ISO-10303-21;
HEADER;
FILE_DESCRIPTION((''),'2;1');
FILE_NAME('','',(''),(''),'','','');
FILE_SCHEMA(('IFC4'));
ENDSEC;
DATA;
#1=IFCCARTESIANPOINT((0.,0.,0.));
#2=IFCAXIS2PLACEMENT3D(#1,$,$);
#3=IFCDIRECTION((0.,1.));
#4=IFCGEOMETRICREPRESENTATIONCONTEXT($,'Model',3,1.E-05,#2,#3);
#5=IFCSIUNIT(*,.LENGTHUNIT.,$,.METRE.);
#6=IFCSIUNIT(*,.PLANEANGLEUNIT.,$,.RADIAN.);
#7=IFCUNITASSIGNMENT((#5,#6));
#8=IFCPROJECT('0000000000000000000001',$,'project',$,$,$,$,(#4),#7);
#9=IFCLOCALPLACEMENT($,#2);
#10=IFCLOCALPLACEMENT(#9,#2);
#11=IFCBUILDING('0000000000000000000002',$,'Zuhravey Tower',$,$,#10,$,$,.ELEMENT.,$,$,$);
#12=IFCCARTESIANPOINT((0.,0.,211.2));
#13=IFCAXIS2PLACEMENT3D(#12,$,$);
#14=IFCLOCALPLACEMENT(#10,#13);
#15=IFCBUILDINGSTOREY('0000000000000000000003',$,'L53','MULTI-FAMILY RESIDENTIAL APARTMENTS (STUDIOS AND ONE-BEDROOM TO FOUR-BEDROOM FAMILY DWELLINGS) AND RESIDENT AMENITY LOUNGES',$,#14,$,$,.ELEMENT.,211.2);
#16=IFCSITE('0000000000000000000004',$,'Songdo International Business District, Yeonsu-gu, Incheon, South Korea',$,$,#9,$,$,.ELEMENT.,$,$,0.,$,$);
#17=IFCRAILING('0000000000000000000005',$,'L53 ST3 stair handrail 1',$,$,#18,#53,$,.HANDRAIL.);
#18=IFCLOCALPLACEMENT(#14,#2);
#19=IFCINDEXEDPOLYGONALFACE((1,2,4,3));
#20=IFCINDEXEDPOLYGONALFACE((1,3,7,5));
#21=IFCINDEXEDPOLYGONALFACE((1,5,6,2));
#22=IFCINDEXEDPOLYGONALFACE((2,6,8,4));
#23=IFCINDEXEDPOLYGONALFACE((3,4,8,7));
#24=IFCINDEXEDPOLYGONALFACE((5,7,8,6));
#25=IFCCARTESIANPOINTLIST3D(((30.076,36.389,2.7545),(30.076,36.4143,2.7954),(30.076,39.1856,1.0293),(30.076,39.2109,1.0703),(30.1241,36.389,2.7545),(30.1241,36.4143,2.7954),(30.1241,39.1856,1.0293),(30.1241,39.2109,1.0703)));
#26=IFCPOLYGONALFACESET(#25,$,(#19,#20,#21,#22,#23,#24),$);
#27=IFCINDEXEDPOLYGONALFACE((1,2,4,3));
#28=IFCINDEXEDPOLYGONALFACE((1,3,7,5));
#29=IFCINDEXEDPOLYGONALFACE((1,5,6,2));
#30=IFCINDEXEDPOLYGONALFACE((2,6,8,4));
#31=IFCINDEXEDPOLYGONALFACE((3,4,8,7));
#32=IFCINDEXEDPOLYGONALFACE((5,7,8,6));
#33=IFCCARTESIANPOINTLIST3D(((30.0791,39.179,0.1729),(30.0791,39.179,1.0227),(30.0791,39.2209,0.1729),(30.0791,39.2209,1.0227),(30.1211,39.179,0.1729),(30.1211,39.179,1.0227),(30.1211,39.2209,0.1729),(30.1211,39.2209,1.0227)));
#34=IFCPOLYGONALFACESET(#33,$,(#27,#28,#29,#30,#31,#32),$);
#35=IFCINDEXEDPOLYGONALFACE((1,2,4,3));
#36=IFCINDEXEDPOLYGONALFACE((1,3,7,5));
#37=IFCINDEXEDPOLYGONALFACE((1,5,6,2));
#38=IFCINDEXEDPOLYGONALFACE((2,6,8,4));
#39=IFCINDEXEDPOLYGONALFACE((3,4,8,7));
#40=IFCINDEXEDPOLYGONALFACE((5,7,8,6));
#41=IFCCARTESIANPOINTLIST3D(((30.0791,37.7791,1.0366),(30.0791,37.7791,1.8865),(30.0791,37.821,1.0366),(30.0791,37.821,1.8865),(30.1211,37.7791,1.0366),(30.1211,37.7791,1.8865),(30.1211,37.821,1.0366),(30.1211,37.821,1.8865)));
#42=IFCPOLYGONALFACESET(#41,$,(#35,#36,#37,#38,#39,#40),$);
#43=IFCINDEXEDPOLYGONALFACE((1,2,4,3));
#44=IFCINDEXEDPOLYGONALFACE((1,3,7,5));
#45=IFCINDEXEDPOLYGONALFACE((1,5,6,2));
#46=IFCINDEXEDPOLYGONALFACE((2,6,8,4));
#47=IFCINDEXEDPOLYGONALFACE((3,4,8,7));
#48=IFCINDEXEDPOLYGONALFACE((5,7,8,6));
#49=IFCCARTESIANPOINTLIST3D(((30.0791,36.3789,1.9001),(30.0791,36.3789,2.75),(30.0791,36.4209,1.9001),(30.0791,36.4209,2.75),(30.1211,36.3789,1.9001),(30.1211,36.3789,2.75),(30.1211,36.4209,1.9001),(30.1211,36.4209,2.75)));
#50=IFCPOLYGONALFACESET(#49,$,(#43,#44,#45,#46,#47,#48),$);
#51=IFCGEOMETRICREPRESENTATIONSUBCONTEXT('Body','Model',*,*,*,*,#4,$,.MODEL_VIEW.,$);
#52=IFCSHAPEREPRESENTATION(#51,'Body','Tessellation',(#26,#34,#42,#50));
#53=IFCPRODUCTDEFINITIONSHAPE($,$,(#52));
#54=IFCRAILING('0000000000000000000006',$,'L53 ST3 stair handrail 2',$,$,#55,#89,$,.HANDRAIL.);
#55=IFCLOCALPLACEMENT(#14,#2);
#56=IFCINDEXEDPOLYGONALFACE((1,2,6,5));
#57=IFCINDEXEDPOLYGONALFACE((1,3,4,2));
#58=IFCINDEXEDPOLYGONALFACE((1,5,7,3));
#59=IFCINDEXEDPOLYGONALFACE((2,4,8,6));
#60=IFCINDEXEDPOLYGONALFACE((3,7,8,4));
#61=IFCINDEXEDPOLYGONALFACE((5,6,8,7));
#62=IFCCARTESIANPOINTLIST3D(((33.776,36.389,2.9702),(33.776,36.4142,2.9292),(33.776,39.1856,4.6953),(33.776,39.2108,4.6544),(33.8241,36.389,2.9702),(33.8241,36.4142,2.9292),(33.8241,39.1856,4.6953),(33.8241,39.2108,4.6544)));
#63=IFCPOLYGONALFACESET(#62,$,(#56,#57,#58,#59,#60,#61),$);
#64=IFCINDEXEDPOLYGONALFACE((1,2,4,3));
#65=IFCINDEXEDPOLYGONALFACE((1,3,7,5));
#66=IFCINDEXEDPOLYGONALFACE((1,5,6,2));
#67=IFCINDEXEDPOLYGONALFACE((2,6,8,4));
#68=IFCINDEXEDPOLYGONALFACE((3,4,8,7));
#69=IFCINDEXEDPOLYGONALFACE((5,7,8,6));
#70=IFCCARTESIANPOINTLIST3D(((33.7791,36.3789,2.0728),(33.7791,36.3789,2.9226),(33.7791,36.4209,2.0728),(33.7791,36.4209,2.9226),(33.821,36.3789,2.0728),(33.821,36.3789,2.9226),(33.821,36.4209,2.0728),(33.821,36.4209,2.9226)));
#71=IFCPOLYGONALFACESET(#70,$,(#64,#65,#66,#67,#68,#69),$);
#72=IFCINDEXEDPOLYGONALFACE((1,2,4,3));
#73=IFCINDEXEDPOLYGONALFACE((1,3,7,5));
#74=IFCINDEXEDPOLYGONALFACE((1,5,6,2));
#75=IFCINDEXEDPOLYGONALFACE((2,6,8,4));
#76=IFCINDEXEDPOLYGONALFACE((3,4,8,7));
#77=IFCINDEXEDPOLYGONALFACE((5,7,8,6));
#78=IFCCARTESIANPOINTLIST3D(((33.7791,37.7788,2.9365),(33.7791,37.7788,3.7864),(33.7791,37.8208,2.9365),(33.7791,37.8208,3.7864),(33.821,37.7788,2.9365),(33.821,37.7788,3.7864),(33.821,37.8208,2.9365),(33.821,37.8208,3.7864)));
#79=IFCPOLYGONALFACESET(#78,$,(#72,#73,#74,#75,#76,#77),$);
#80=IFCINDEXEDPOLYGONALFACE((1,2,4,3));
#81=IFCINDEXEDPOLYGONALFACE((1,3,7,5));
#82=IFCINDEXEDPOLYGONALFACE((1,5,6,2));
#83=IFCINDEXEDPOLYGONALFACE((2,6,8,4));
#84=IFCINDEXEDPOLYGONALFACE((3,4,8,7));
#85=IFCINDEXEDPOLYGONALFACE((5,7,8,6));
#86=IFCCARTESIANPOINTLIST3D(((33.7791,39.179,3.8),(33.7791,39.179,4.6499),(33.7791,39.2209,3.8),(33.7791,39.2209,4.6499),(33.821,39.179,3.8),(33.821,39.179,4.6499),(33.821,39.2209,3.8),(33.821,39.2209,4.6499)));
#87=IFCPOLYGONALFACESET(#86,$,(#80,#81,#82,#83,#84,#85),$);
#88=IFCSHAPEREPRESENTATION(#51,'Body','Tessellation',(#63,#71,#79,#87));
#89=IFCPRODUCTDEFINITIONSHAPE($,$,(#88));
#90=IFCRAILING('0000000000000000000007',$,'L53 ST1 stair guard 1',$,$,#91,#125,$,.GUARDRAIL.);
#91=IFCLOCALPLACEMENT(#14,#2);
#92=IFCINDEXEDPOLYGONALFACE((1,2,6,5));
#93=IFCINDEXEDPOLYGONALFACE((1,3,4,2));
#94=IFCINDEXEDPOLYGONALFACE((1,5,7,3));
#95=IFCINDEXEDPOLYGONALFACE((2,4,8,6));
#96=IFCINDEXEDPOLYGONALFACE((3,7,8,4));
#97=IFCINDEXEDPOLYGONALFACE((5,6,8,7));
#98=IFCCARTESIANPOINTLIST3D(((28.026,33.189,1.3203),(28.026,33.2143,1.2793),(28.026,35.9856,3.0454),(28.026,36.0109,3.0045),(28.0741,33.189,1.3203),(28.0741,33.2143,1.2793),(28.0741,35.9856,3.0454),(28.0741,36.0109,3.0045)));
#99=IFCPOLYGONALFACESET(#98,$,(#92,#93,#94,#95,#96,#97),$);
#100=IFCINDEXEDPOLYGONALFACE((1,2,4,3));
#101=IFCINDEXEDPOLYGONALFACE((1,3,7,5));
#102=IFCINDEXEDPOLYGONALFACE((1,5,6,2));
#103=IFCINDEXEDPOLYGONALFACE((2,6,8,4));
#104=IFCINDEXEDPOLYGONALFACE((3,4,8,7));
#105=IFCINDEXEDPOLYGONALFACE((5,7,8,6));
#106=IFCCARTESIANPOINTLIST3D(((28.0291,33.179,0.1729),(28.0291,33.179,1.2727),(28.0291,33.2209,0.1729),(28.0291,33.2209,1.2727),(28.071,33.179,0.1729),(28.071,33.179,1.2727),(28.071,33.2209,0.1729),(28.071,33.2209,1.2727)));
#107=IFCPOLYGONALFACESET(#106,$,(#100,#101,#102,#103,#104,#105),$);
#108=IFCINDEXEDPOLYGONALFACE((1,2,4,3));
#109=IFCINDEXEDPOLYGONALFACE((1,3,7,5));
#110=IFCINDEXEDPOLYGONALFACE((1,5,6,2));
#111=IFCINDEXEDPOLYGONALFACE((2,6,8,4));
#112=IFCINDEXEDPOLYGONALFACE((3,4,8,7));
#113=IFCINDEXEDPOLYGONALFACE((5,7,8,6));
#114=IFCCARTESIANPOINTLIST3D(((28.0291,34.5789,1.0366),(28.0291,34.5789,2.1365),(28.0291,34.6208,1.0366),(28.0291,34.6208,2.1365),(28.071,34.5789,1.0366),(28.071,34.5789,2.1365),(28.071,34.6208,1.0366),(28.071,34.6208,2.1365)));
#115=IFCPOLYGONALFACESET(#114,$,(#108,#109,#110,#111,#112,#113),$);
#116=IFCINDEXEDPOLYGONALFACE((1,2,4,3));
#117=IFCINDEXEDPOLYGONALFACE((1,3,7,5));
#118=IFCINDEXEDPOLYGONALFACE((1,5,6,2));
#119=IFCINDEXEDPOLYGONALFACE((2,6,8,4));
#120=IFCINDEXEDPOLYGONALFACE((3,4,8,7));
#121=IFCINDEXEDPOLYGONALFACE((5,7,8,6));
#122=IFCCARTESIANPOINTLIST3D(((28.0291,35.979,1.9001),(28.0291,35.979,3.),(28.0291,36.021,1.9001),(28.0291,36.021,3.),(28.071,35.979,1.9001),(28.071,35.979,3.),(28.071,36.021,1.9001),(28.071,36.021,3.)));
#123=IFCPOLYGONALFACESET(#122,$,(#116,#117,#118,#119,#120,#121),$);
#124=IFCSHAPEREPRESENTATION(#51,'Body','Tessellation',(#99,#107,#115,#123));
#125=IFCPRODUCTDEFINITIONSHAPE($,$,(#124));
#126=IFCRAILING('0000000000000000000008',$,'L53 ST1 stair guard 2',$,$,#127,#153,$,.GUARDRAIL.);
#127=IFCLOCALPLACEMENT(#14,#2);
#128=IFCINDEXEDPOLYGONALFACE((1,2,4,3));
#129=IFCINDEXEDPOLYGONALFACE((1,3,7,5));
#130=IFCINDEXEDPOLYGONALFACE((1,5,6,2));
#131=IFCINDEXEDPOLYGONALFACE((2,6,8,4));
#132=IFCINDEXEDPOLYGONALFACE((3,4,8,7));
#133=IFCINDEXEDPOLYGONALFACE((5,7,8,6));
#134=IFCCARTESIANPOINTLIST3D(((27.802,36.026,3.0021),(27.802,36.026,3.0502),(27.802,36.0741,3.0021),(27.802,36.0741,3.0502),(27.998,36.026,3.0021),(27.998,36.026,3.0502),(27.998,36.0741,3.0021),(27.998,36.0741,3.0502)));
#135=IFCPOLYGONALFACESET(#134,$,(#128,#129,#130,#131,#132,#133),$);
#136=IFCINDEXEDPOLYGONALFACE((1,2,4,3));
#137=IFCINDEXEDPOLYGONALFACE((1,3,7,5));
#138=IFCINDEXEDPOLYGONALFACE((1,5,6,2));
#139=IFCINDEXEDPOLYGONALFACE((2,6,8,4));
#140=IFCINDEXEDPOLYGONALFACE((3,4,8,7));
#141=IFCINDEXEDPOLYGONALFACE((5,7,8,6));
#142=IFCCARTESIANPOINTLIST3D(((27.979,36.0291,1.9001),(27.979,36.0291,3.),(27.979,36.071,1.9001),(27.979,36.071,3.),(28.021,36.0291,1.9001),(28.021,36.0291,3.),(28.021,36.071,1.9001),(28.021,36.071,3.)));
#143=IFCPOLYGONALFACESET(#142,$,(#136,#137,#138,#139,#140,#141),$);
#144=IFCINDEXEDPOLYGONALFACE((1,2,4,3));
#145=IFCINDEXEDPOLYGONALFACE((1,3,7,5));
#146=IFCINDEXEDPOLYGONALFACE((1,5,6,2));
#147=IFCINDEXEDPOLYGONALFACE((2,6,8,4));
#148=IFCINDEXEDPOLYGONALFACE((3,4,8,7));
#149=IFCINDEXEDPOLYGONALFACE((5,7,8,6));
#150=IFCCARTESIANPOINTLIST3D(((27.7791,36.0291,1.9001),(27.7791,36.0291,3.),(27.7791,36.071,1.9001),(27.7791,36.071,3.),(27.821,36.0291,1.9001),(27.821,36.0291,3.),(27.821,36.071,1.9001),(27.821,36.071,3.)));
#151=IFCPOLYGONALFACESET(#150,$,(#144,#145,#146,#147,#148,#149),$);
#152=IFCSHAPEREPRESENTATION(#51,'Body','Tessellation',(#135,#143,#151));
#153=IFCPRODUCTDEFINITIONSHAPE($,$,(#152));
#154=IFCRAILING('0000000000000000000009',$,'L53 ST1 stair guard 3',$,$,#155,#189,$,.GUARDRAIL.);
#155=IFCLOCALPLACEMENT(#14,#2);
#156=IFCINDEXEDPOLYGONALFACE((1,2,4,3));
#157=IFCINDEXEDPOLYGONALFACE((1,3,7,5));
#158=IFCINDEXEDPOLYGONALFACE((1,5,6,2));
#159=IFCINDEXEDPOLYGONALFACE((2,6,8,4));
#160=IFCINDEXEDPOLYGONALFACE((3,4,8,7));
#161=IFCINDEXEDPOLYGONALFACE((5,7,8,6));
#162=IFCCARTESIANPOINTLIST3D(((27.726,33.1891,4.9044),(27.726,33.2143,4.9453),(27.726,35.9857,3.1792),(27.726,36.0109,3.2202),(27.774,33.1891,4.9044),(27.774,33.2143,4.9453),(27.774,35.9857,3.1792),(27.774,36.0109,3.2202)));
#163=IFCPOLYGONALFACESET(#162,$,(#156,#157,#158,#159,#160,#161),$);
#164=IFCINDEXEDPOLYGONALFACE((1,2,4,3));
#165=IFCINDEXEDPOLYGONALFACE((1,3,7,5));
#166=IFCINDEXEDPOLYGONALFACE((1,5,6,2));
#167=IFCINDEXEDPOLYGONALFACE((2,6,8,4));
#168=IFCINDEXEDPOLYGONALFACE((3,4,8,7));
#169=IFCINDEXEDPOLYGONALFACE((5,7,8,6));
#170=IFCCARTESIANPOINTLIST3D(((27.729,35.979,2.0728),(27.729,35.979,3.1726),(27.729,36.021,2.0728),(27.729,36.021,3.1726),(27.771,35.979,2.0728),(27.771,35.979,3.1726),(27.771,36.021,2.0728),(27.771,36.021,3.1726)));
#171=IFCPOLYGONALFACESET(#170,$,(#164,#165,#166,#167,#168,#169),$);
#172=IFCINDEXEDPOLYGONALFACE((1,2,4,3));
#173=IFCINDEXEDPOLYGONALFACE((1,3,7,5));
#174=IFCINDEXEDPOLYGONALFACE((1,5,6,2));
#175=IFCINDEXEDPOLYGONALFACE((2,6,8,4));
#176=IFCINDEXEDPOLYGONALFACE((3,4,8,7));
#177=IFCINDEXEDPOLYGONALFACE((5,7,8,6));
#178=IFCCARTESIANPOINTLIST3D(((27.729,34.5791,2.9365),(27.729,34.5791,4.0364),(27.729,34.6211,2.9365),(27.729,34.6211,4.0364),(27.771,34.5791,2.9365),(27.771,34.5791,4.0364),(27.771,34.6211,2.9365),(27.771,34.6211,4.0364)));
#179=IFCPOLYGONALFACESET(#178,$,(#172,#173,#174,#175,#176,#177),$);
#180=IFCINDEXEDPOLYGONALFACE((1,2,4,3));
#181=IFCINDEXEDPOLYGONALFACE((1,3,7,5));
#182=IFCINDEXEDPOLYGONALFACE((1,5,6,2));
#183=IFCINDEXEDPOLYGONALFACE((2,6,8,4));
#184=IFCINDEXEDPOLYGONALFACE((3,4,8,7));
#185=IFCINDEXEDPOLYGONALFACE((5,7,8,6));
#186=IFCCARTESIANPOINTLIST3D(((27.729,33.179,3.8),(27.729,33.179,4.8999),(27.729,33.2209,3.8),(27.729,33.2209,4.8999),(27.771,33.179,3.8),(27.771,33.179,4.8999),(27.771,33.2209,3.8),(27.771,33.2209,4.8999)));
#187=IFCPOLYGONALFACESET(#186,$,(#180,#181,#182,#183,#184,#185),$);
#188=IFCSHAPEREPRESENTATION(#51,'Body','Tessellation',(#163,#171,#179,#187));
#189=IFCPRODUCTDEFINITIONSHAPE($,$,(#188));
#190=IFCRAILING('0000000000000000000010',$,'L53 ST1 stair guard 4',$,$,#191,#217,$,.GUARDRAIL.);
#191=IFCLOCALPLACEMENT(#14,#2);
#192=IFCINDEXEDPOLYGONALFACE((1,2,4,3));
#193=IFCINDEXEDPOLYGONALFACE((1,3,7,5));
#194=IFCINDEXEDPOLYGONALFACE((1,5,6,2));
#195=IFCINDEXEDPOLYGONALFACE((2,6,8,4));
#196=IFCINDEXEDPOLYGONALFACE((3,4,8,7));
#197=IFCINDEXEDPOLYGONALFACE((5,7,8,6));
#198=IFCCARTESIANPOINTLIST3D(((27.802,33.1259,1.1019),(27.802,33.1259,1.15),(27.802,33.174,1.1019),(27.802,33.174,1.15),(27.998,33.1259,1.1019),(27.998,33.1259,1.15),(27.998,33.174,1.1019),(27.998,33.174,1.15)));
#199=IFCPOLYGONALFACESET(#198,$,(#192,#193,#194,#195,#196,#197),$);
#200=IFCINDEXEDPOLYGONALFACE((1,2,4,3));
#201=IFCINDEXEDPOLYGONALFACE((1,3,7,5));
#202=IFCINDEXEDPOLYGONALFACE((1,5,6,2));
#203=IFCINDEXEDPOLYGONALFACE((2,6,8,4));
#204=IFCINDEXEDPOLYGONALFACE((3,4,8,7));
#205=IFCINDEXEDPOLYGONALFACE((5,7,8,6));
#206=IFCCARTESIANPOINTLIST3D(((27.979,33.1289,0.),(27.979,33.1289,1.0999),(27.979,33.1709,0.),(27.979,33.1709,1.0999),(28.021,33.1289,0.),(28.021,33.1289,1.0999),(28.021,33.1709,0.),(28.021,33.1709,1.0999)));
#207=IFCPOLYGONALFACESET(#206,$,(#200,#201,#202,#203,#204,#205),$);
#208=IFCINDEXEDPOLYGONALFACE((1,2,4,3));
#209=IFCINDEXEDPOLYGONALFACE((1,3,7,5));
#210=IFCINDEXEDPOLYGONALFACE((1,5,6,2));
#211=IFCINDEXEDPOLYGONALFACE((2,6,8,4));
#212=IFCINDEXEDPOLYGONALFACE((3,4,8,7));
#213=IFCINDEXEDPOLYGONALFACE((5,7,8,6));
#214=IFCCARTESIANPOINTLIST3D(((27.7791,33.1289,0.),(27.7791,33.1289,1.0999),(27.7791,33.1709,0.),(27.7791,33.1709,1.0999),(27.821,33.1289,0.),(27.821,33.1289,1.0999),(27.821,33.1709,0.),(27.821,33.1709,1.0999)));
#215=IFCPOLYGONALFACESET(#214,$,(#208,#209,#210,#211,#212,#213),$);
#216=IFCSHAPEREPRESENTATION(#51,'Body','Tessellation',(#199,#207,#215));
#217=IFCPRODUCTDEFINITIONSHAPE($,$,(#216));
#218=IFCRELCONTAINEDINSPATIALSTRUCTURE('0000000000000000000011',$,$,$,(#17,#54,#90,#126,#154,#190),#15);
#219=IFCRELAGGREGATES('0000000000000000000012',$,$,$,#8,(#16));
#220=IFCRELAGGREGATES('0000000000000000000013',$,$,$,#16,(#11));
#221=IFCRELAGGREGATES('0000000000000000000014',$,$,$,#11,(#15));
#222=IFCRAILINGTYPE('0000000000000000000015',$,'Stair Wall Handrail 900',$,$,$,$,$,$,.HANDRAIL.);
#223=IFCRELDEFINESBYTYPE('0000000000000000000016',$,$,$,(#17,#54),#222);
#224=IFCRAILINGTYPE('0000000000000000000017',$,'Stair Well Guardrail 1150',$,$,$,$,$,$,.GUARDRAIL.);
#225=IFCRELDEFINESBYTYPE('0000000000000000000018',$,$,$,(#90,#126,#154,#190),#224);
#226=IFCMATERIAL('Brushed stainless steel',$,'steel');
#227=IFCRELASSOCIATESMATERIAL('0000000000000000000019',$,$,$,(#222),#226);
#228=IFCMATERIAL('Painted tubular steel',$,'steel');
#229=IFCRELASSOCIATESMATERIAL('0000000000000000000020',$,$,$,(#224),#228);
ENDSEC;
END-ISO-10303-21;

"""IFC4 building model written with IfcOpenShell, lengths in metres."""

from ifc_helpers import new_model, si_unit, direction, frame, origin, origin_2d, place, context, subcontext, project, spatial, rectangle, extrude, material, type_object, element, save


model = new_model("IFC4")

# Units and contexts
model_context = context("Model", 3, precision=1e-05, world=origin(), true_north=direction((0.0, 1.0)))
body_context = subcontext(model_context, "Body", "Model", "MODEL_VIEW")
ifc_project = project(units=[si_unit("LENGTHUNIT", "METRE"), si_unit("PLANEANGLEUNIT", "RADIAN")], contexts=[model_context])

# Site, building, storey
site_placement = place(None, origin())
site = spatial("IfcSite", under=ifc_project, at=site_placement, Name="Songdo International Business District, Yeonsu-gu, Incheon, South Korea", CompositionType="ELEMENT", RefElevation=0.0)
building_placement = place(site_placement, origin())
building = spatial("IfcBuilding", under=site, at=building_placement, Name="Zuhravey Tower", CompositionType="ELEMENT")
storey_placement = place(building_placement, frame((0.0, 0.0, 211.2)))
storey = spatial("IfcBuildingStorey", under=building, at=storey_placement, Name="L53", Description="MULTI-FAMILY RESIDENTIAL APARTMENTS (STUDIOS AND ONE-BEDROOM TO FOUR-BEDROOM FAMILY DWELLINGS) AND RESIDENT AMENITY LOUNGES", CompositionType="ELEMENT", Elevation=211.2)

# Railings
ifc_material_1 = material(Name="Brushed stainless steel", Category="steel")
railing_type_1 = type_object("IfcRailingType", Name="Stair Wall Handrail 900", PredefinedType="HANDRAIL", material=ifc_material_1)
for number, where, name in (
    (1, (30.1001, 39.2, 0.1729), "L53 ST3 stair handrail 1"),
):
    element("IfcRailing", number, at=place(storey_placement, frame(where)), inside=storey, type_object=railing_type_1, Name=name, PredefinedType="HANDRAIL", context=body_context, shape_type="SweptSolid", body=[
        extrude(rectangle(XDim=0.0481, YDim=0.0481, at=origin_2d()), frame((0.0, -0.0017, 0.877), z_axis=(0.0, -0.85109, 0.52502), x_axis=(1.0, 0.0, 0.0)), (0.0, 0.0, 1.0), 3.2859),
        extrude(rectangle(XDim=0.042, YDim=0.042, at=origin_2d()), origin(), (0.0, 0.0, 1.0), 0.8499),
        extrude(rectangle(XDim=0.042, YDim=0.042, at=origin_2d()), frame((0.0, -1.3999, 0.8638)), (0.0, 0.0, 1.0), 0.8499),
        extrude(rectangle(XDim=0.042, YDim=0.042, at=origin_2d()), frame((0.0, -2.8, 1.7273)), (0.0, 0.0, 1.0), 0.8499),
    ])
railing_1_placement = place(storey_placement, frame((33.8, 36.3999, 2.0728)))
element("IfcRailing", 2, at=railing_1_placement, inside=storey, type_object=railing_type_1, Name="L53 ST3 stair handrail 2", PredefinedType="HANDRAIL", context=body_context, shape_type="SweptSolid", body=[
    extrude(rectangle(XDim=0.0481, YDim=0.0481, at=origin_2d()), frame((0.0, 0.0017, 0.877), z_axis=(0.0, 0.85109, 0.52502), x_axis=(-1.0, 0.0, 0.0)), (0.0, 0.0, 1.0), 3.2859),
    extrude(rectangle(XDim=0.042, YDim=0.042, at=origin_2d()), origin(), (0.0, 0.0, 1.0), 0.8499),
    extrude(rectangle(XDim=0.042, YDim=0.042, at=origin_2d()), frame((0.0, 1.3999, 0.8638)), (0.0, 0.0, 1.0), 0.8499),
    extrude(rectangle(XDim=0.042, YDim=0.042, at=origin_2d()), frame((0.0, 2.8, 1.7273)), (0.0, 0.0, 1.0), 0.8499),
])
ifc_material_2 = material(Name="Painted tubular steel", Category="steel")
railing_type_2 = type_object("IfcRailingType", Name="Stair Well Guardrail 1150", PredefinedType="GUARDRAIL", material=ifc_material_2)
railing_2_placement = place(storey_placement, frame((28.05, 33.2, 0.1729)))
element("IfcRailing", 3, at=railing_2_placement, inside=storey, type_object=railing_type_2, Name="L53 ST1 stair guard 1", PredefinedType="GUARDRAIL", context=body_context, shape_type="SweptSolid", body=[
    extrude(rectangle(XDim=0.0481, YDim=0.0481, at=origin_2d()), frame((0.0, 0.0017, 1.127), z_axis=(0.0, 0.85109, 0.52502), x_axis=(-1.0, 0.0, 0.0)), (0.0, 0.0, 1.0), 3.2859),
    extrude(rectangle(XDim=0.042, YDim=0.042, at=origin_2d()), origin(), (0.0, 0.0, 1.0), 1.0999),
    extrude(rectangle(XDim=0.042, YDim=0.042, at=origin_2d()), frame((0.0, 1.3999, 0.8638)), (0.0, 0.0, 1.0), 1.0999),
    extrude(rectangle(XDim=0.042, YDim=0.042, at=origin_2d()), frame((0.0, 2.8, 1.7273)), (0.0, 0.0, 1.0), 1.0999),
])
railing_3_placement = place(storey_placement, frame((28.0, 36.05, 1.9001)))
element("IfcRailing", 4, at=railing_3_placement, inside=storey, type_object=railing_type_2, Name="L53 ST1 stair guard 2", PredefinedType="GUARDRAIL", context=body_context, shape_type="SweptSolid", body=[
    extrude(rectangle(XDim=0.0481, YDim=0.0481, at=origin_2d()), frame((-0.002, 0.0, 1.126), z_axis=(-1.0, 0.0, 0.0), x_axis=(0.0, -1.0, 0.0)), (0.0, 0.0, 1.0), 0.196),
    extrude(rectangle(XDim=0.042, YDim=0.042, at=origin_2d()), origin(), (0.0, 0.0, 1.0), 1.0999),
    extrude(rectangle(XDim=0.042, YDim=0.042, at=origin_2d()), frame((-0.2, 0.0, 0.0)), (0.0, 0.0, 1.0), 1.0999),
])
railing_4_placement = place(storey_placement, frame((27.75, 36.0, 2.0728)))
element("IfcRailing", 5, at=railing_4_placement, inside=storey, type_object=railing_type_2, Name="L53 ST1 stair guard 3", PredefinedType="GUARDRAIL", context=body_context, shape_type="SweptSolid", body=[
    extrude(rectangle(XDim=0.0481, YDim=0.0481, at=origin_2d()), frame((0.0, -0.0017, 1.127), z_axis=(0.0, -0.85109, 0.52502), x_axis=(1.0, 0.0, 0.0)), (0.0, 0.0, 1.0), 3.2859),
    extrude(rectangle(XDim=0.042, YDim=0.042, at=origin_2d()), origin(), (0.0, 0.0, 1.0), 1.0999),
    extrude(rectangle(XDim=0.042, YDim=0.042, at=origin_2d()), frame((0.0, -1.3999, 0.8638)), (0.0, 0.0, 1.0), 1.0999),
    extrude(rectangle(XDim=0.042, YDim=0.042, at=origin_2d()), frame((0.0, -2.8, 1.7273)), (0.0, 0.0, 1.0), 1.0999),
])
railing_5_placement = place(storey_placement, frame((28.0, 33.1499, 0.0)))
element("IfcRailing", 6, at=railing_5_placement, inside=storey, type_object=railing_type_2, Name="L53 ST1 stair guard 4", PredefinedType="GUARDRAIL", context=body_context, shape_type="SweptSolid", body=[
    extrude(rectangle(XDim=0.0481, YDim=0.0481, at=origin_2d()), frame((-0.002, 0.0, 1.126), z_axis=(-1.0, 0.0, 0.0), x_axis=(0.0, -1.0, 0.0)), (0.0, 0.0, 1.0), 0.196),
    extrude(rectangle(XDim=0.042, YDim=0.042, at=origin_2d()), origin(), (0.0, 0.0, 1.0), 1.0999),
    extrude(rectangle(XDim=0.042, YDim=0.042, at=origin_2d()), frame((-0.2, 0.0, 0.0)), (0.0, 0.0, 1.0), 1.0999),
])

save(model, "model.ifc")
